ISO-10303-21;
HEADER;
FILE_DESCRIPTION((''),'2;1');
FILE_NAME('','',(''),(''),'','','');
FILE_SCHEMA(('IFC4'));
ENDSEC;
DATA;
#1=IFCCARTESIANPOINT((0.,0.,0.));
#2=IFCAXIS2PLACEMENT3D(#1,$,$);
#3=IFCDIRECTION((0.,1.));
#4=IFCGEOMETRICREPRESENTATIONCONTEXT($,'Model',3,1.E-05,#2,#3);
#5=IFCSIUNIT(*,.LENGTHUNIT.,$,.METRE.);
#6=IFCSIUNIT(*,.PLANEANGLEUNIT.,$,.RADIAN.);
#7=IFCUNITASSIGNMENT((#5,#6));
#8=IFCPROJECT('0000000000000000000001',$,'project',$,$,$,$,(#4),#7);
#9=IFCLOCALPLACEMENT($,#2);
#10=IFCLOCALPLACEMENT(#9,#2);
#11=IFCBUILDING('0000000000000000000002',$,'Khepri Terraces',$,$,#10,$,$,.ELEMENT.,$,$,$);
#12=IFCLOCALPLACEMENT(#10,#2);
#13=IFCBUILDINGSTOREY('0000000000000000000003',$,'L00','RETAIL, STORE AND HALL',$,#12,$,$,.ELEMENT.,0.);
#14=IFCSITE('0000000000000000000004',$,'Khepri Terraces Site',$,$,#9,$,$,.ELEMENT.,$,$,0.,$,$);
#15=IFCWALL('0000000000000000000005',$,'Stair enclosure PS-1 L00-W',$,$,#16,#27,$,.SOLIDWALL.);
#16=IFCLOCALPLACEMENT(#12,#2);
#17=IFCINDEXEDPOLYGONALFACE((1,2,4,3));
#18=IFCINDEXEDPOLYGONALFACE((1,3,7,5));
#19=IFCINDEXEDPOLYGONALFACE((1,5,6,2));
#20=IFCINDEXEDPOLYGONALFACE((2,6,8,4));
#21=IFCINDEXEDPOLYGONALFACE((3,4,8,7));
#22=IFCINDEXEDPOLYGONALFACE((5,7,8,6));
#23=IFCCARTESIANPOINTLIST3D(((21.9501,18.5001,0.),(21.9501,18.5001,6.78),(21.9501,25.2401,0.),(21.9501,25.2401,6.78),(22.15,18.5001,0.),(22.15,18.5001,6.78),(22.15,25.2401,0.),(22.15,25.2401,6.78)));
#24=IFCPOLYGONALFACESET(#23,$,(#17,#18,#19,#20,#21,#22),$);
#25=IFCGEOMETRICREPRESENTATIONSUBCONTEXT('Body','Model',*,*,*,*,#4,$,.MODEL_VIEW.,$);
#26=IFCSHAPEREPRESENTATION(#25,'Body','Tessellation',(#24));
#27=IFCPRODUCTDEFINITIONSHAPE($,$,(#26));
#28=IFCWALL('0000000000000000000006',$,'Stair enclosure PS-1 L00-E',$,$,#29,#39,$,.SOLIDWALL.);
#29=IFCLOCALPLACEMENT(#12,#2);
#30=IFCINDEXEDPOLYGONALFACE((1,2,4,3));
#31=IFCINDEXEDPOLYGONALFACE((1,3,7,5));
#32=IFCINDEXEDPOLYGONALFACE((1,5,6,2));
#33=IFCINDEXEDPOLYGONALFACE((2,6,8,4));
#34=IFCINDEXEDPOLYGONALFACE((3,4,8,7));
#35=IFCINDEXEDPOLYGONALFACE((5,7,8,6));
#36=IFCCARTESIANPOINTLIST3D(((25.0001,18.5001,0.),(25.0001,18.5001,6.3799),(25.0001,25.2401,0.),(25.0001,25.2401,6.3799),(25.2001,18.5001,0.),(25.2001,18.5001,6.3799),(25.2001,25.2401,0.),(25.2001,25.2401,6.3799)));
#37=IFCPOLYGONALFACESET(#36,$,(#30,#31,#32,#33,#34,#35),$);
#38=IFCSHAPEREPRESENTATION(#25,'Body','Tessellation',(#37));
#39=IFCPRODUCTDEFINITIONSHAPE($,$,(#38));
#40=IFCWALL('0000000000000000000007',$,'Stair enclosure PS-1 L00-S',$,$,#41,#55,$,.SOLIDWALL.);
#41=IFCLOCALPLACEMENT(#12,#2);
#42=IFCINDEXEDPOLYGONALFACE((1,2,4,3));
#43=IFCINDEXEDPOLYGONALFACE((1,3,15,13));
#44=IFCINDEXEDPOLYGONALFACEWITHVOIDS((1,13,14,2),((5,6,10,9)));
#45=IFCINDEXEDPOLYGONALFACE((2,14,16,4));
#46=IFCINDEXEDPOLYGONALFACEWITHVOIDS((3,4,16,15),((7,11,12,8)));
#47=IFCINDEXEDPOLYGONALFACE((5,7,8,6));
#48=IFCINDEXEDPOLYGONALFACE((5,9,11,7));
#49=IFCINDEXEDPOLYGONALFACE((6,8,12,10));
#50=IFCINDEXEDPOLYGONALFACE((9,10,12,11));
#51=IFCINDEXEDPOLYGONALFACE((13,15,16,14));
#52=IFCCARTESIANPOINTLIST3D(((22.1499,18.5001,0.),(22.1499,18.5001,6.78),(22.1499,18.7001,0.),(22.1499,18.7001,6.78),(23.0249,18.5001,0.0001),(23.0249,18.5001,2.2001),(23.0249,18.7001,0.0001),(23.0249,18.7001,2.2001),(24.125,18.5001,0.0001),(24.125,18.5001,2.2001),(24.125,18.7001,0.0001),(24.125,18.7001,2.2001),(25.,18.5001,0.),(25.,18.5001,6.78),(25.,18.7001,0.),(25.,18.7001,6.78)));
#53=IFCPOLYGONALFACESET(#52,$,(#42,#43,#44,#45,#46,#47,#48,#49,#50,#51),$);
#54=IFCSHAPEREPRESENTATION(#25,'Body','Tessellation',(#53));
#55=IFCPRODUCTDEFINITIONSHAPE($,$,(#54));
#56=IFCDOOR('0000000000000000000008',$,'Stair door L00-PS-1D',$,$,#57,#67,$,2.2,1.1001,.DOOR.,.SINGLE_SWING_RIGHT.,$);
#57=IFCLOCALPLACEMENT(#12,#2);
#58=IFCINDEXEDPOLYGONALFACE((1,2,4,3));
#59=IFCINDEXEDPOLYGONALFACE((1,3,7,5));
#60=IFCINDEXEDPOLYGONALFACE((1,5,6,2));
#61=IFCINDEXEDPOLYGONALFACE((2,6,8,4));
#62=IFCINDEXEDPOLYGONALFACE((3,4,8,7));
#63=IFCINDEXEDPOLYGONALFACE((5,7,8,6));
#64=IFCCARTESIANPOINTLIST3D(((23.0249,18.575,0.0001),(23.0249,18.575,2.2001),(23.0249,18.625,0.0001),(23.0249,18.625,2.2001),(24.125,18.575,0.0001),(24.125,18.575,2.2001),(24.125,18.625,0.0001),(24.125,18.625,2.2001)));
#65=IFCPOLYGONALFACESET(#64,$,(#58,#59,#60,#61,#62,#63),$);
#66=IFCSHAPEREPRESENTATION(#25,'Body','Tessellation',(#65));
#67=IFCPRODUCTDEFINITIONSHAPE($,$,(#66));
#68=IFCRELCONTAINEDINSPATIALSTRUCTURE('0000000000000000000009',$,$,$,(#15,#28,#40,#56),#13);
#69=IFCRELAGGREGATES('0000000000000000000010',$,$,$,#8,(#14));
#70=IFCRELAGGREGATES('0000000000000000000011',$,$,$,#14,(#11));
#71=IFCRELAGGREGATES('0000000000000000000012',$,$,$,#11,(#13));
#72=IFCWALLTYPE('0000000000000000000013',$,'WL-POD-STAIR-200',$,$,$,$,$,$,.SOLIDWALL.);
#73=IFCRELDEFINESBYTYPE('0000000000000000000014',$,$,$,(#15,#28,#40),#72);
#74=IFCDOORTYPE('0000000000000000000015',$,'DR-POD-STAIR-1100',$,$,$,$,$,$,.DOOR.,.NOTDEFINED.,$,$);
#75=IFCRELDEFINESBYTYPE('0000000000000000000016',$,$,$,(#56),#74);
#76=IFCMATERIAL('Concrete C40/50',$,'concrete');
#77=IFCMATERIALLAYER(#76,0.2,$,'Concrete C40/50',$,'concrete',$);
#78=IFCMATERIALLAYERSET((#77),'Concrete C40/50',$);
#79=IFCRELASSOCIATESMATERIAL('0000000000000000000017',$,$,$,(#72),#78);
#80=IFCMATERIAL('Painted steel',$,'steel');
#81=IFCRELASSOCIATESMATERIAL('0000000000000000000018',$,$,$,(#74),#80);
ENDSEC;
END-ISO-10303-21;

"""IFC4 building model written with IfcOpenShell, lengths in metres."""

from ifc_helpers import new_model, si_unit, direction, frame, frame_2d, origin, place, context, subcontext, project, spatial, rectangle, extrude, material, layer, layer_set, type_object, element, fill, save


model = new_model("IFC4")

# Units and contexts
model_context = context("Model", 3, precision=1e-05, world=origin(), true_north=direction((0.0, 1.0)))
body_context = subcontext(model_context, "Body", "Model", "MODEL_VIEW")
ifc_project = project(units=[si_unit("LENGTHUNIT", "METRE"), si_unit("PLANEANGLEUNIT", "RADIAN")], contexts=[model_context])

# Site, building, storey
site_placement = place(None, origin())
site = spatial("IfcSite", under=ifc_project, at=site_placement, Name="Khepri Terraces Site", CompositionType="ELEMENT", RefElevation=0.0)
building_placement = place(site_placement, origin())
building = spatial("IfcBuilding", under=site, at=building_placement, Name="Khepri Terraces", CompositionType="ELEMENT")
storey_placement = place(building_placement, origin())
storey = spatial("IfcBuildingStorey", under=building, at=storey_placement, Name="L00", Description="RETAIL, STORE AND HALL", CompositionType="ELEMENT", Elevation=0.0)

# Shared definitions
ifc_material_1 = material(Name="Painted steel", Category="steel")

# Walls
ifc_material_2 = material(Name="Concrete C40/50", Category="concrete")
ifc_layer_1 = layer(ifc_material_2, 0.2, Name="Concrete C40/50", Category="concrete")
ifc_layer_set_1 = layer_set([ifc_layer_1], Name="Concrete C40/50")
wall_type_1 = type_object("IfcWallType", Name="WL-POD-STAIR-200", PredefinedType="SOLIDWALL", material=ifc_layer_set_1)
wall_1_placement = place(storey_placement, frame((22.05, 18.5, 0.0), z_axis=(0.0, 0.0, 1.0), x_axis=(0.0, 1.0, 0.0)))
element("IfcWall", 1, at=wall_1_placement, inside=storey, type_object=wall_type_1, Name="Stair enclosure PS-1 L00-W", PredefinedType="SOLIDWALL", context=body_context, shape_type="SweptSolid", body=[
    extrude(rectangle(XDim=6.74, YDim=0.2, at=frame_2d((3.3701, 0.0))), origin(), (0.0, 0.0, 1.0), 6.78),
])
wall_2_placement = place(storey_placement, frame((25.1001, 18.5, 0.0), z_axis=(0.0, 0.0, 1.0), x_axis=(0.0, 1.0, 0.0)))
element("IfcWall", 2, at=wall_2_placement, inside=storey, type_object=wall_type_1, Name="Stair enclosure PS-1 L00-E", PredefinedType="SOLIDWALL", context=body_context, shape_type="SweptSolid", body=[
    extrude(rectangle(XDim=6.74, YDim=0.2, at=frame_2d((3.3701, 0.0))), origin(), (0.0, 0.0, 1.0), 6.3799),
])

# Wall, opening, door
wall_3_placement = place(storey_placement, frame((22.1499, 18.6001, 0.0), z_axis=(0.0, 0.0, 1.0), x_axis=(1.0, 0.0, 0.0)))
wall_3 = element("IfcWall", 3, at=wall_3_placement, inside=storey, type_object=wall_type_1, Name="Stair enclosure PS-1 L00-S", PredefinedType="SOLIDWALL", context=body_context, shape_type="SweptSolid", body=[
    extrude(rectangle(XDim=2.8501, YDim=0.2, at=frame_2d((1.425, 0.0))), origin(), (0.0, 0.0, 1.0), 6.78),
])
opening_1_placement = place(wall_3_placement, frame((0.875, 0.0, 0.0)))
opening_1 = element("IfcOpeningElement", 4, at=opening_1_placement, cuts=wall_3, PredefinedType="OPENING", context=body_context, shape_type="SweptSolid", body=[
    extrude(rectangle(XDim=1.1001, YDim=2.2, at=frame_2d((0.55, 1.1001))), frame((0.0, 0.1099, 0.0), z_axis=(0.0, -1.0, 0.0), x_axis=(1.0, 0.0, 0.0)), (0.0, 0.0, 1.0), 0.22),
])
door_type_1 = type_object("IfcDoorType", Name="DR-POD-STAIR-1100", OperationType="NOTDEFINED", PredefinedType="DOOR", material=ifc_material_1)
door_1_placement = place(opening_1_placement, origin())
door_1 = element("IfcDoor", 5, at=door_1_placement, inside=storey, type_object=door_type_1, Name="Stair door L00-PS-1D", OperationType="SINGLE_SWING_RIGHT", OverallHeight=2.2, OverallWidth=1.1001, PredefinedType="DOOR", context=body_context, shape_type="SweptSolid", body=[
    extrude(rectangle(XDim=1.1001, YDim=2.2, at=frame_2d((0.55, 1.1001))), frame((0.0, 0.0249, 0.0), z_axis=(0.0, -1.0, 0.0), x_axis=(1.0, 0.0, 0.0)), (0.0, 0.0, 1.0), 0.05),
])
fill(opening_1, door_1)

save(model, "model.ifc")
